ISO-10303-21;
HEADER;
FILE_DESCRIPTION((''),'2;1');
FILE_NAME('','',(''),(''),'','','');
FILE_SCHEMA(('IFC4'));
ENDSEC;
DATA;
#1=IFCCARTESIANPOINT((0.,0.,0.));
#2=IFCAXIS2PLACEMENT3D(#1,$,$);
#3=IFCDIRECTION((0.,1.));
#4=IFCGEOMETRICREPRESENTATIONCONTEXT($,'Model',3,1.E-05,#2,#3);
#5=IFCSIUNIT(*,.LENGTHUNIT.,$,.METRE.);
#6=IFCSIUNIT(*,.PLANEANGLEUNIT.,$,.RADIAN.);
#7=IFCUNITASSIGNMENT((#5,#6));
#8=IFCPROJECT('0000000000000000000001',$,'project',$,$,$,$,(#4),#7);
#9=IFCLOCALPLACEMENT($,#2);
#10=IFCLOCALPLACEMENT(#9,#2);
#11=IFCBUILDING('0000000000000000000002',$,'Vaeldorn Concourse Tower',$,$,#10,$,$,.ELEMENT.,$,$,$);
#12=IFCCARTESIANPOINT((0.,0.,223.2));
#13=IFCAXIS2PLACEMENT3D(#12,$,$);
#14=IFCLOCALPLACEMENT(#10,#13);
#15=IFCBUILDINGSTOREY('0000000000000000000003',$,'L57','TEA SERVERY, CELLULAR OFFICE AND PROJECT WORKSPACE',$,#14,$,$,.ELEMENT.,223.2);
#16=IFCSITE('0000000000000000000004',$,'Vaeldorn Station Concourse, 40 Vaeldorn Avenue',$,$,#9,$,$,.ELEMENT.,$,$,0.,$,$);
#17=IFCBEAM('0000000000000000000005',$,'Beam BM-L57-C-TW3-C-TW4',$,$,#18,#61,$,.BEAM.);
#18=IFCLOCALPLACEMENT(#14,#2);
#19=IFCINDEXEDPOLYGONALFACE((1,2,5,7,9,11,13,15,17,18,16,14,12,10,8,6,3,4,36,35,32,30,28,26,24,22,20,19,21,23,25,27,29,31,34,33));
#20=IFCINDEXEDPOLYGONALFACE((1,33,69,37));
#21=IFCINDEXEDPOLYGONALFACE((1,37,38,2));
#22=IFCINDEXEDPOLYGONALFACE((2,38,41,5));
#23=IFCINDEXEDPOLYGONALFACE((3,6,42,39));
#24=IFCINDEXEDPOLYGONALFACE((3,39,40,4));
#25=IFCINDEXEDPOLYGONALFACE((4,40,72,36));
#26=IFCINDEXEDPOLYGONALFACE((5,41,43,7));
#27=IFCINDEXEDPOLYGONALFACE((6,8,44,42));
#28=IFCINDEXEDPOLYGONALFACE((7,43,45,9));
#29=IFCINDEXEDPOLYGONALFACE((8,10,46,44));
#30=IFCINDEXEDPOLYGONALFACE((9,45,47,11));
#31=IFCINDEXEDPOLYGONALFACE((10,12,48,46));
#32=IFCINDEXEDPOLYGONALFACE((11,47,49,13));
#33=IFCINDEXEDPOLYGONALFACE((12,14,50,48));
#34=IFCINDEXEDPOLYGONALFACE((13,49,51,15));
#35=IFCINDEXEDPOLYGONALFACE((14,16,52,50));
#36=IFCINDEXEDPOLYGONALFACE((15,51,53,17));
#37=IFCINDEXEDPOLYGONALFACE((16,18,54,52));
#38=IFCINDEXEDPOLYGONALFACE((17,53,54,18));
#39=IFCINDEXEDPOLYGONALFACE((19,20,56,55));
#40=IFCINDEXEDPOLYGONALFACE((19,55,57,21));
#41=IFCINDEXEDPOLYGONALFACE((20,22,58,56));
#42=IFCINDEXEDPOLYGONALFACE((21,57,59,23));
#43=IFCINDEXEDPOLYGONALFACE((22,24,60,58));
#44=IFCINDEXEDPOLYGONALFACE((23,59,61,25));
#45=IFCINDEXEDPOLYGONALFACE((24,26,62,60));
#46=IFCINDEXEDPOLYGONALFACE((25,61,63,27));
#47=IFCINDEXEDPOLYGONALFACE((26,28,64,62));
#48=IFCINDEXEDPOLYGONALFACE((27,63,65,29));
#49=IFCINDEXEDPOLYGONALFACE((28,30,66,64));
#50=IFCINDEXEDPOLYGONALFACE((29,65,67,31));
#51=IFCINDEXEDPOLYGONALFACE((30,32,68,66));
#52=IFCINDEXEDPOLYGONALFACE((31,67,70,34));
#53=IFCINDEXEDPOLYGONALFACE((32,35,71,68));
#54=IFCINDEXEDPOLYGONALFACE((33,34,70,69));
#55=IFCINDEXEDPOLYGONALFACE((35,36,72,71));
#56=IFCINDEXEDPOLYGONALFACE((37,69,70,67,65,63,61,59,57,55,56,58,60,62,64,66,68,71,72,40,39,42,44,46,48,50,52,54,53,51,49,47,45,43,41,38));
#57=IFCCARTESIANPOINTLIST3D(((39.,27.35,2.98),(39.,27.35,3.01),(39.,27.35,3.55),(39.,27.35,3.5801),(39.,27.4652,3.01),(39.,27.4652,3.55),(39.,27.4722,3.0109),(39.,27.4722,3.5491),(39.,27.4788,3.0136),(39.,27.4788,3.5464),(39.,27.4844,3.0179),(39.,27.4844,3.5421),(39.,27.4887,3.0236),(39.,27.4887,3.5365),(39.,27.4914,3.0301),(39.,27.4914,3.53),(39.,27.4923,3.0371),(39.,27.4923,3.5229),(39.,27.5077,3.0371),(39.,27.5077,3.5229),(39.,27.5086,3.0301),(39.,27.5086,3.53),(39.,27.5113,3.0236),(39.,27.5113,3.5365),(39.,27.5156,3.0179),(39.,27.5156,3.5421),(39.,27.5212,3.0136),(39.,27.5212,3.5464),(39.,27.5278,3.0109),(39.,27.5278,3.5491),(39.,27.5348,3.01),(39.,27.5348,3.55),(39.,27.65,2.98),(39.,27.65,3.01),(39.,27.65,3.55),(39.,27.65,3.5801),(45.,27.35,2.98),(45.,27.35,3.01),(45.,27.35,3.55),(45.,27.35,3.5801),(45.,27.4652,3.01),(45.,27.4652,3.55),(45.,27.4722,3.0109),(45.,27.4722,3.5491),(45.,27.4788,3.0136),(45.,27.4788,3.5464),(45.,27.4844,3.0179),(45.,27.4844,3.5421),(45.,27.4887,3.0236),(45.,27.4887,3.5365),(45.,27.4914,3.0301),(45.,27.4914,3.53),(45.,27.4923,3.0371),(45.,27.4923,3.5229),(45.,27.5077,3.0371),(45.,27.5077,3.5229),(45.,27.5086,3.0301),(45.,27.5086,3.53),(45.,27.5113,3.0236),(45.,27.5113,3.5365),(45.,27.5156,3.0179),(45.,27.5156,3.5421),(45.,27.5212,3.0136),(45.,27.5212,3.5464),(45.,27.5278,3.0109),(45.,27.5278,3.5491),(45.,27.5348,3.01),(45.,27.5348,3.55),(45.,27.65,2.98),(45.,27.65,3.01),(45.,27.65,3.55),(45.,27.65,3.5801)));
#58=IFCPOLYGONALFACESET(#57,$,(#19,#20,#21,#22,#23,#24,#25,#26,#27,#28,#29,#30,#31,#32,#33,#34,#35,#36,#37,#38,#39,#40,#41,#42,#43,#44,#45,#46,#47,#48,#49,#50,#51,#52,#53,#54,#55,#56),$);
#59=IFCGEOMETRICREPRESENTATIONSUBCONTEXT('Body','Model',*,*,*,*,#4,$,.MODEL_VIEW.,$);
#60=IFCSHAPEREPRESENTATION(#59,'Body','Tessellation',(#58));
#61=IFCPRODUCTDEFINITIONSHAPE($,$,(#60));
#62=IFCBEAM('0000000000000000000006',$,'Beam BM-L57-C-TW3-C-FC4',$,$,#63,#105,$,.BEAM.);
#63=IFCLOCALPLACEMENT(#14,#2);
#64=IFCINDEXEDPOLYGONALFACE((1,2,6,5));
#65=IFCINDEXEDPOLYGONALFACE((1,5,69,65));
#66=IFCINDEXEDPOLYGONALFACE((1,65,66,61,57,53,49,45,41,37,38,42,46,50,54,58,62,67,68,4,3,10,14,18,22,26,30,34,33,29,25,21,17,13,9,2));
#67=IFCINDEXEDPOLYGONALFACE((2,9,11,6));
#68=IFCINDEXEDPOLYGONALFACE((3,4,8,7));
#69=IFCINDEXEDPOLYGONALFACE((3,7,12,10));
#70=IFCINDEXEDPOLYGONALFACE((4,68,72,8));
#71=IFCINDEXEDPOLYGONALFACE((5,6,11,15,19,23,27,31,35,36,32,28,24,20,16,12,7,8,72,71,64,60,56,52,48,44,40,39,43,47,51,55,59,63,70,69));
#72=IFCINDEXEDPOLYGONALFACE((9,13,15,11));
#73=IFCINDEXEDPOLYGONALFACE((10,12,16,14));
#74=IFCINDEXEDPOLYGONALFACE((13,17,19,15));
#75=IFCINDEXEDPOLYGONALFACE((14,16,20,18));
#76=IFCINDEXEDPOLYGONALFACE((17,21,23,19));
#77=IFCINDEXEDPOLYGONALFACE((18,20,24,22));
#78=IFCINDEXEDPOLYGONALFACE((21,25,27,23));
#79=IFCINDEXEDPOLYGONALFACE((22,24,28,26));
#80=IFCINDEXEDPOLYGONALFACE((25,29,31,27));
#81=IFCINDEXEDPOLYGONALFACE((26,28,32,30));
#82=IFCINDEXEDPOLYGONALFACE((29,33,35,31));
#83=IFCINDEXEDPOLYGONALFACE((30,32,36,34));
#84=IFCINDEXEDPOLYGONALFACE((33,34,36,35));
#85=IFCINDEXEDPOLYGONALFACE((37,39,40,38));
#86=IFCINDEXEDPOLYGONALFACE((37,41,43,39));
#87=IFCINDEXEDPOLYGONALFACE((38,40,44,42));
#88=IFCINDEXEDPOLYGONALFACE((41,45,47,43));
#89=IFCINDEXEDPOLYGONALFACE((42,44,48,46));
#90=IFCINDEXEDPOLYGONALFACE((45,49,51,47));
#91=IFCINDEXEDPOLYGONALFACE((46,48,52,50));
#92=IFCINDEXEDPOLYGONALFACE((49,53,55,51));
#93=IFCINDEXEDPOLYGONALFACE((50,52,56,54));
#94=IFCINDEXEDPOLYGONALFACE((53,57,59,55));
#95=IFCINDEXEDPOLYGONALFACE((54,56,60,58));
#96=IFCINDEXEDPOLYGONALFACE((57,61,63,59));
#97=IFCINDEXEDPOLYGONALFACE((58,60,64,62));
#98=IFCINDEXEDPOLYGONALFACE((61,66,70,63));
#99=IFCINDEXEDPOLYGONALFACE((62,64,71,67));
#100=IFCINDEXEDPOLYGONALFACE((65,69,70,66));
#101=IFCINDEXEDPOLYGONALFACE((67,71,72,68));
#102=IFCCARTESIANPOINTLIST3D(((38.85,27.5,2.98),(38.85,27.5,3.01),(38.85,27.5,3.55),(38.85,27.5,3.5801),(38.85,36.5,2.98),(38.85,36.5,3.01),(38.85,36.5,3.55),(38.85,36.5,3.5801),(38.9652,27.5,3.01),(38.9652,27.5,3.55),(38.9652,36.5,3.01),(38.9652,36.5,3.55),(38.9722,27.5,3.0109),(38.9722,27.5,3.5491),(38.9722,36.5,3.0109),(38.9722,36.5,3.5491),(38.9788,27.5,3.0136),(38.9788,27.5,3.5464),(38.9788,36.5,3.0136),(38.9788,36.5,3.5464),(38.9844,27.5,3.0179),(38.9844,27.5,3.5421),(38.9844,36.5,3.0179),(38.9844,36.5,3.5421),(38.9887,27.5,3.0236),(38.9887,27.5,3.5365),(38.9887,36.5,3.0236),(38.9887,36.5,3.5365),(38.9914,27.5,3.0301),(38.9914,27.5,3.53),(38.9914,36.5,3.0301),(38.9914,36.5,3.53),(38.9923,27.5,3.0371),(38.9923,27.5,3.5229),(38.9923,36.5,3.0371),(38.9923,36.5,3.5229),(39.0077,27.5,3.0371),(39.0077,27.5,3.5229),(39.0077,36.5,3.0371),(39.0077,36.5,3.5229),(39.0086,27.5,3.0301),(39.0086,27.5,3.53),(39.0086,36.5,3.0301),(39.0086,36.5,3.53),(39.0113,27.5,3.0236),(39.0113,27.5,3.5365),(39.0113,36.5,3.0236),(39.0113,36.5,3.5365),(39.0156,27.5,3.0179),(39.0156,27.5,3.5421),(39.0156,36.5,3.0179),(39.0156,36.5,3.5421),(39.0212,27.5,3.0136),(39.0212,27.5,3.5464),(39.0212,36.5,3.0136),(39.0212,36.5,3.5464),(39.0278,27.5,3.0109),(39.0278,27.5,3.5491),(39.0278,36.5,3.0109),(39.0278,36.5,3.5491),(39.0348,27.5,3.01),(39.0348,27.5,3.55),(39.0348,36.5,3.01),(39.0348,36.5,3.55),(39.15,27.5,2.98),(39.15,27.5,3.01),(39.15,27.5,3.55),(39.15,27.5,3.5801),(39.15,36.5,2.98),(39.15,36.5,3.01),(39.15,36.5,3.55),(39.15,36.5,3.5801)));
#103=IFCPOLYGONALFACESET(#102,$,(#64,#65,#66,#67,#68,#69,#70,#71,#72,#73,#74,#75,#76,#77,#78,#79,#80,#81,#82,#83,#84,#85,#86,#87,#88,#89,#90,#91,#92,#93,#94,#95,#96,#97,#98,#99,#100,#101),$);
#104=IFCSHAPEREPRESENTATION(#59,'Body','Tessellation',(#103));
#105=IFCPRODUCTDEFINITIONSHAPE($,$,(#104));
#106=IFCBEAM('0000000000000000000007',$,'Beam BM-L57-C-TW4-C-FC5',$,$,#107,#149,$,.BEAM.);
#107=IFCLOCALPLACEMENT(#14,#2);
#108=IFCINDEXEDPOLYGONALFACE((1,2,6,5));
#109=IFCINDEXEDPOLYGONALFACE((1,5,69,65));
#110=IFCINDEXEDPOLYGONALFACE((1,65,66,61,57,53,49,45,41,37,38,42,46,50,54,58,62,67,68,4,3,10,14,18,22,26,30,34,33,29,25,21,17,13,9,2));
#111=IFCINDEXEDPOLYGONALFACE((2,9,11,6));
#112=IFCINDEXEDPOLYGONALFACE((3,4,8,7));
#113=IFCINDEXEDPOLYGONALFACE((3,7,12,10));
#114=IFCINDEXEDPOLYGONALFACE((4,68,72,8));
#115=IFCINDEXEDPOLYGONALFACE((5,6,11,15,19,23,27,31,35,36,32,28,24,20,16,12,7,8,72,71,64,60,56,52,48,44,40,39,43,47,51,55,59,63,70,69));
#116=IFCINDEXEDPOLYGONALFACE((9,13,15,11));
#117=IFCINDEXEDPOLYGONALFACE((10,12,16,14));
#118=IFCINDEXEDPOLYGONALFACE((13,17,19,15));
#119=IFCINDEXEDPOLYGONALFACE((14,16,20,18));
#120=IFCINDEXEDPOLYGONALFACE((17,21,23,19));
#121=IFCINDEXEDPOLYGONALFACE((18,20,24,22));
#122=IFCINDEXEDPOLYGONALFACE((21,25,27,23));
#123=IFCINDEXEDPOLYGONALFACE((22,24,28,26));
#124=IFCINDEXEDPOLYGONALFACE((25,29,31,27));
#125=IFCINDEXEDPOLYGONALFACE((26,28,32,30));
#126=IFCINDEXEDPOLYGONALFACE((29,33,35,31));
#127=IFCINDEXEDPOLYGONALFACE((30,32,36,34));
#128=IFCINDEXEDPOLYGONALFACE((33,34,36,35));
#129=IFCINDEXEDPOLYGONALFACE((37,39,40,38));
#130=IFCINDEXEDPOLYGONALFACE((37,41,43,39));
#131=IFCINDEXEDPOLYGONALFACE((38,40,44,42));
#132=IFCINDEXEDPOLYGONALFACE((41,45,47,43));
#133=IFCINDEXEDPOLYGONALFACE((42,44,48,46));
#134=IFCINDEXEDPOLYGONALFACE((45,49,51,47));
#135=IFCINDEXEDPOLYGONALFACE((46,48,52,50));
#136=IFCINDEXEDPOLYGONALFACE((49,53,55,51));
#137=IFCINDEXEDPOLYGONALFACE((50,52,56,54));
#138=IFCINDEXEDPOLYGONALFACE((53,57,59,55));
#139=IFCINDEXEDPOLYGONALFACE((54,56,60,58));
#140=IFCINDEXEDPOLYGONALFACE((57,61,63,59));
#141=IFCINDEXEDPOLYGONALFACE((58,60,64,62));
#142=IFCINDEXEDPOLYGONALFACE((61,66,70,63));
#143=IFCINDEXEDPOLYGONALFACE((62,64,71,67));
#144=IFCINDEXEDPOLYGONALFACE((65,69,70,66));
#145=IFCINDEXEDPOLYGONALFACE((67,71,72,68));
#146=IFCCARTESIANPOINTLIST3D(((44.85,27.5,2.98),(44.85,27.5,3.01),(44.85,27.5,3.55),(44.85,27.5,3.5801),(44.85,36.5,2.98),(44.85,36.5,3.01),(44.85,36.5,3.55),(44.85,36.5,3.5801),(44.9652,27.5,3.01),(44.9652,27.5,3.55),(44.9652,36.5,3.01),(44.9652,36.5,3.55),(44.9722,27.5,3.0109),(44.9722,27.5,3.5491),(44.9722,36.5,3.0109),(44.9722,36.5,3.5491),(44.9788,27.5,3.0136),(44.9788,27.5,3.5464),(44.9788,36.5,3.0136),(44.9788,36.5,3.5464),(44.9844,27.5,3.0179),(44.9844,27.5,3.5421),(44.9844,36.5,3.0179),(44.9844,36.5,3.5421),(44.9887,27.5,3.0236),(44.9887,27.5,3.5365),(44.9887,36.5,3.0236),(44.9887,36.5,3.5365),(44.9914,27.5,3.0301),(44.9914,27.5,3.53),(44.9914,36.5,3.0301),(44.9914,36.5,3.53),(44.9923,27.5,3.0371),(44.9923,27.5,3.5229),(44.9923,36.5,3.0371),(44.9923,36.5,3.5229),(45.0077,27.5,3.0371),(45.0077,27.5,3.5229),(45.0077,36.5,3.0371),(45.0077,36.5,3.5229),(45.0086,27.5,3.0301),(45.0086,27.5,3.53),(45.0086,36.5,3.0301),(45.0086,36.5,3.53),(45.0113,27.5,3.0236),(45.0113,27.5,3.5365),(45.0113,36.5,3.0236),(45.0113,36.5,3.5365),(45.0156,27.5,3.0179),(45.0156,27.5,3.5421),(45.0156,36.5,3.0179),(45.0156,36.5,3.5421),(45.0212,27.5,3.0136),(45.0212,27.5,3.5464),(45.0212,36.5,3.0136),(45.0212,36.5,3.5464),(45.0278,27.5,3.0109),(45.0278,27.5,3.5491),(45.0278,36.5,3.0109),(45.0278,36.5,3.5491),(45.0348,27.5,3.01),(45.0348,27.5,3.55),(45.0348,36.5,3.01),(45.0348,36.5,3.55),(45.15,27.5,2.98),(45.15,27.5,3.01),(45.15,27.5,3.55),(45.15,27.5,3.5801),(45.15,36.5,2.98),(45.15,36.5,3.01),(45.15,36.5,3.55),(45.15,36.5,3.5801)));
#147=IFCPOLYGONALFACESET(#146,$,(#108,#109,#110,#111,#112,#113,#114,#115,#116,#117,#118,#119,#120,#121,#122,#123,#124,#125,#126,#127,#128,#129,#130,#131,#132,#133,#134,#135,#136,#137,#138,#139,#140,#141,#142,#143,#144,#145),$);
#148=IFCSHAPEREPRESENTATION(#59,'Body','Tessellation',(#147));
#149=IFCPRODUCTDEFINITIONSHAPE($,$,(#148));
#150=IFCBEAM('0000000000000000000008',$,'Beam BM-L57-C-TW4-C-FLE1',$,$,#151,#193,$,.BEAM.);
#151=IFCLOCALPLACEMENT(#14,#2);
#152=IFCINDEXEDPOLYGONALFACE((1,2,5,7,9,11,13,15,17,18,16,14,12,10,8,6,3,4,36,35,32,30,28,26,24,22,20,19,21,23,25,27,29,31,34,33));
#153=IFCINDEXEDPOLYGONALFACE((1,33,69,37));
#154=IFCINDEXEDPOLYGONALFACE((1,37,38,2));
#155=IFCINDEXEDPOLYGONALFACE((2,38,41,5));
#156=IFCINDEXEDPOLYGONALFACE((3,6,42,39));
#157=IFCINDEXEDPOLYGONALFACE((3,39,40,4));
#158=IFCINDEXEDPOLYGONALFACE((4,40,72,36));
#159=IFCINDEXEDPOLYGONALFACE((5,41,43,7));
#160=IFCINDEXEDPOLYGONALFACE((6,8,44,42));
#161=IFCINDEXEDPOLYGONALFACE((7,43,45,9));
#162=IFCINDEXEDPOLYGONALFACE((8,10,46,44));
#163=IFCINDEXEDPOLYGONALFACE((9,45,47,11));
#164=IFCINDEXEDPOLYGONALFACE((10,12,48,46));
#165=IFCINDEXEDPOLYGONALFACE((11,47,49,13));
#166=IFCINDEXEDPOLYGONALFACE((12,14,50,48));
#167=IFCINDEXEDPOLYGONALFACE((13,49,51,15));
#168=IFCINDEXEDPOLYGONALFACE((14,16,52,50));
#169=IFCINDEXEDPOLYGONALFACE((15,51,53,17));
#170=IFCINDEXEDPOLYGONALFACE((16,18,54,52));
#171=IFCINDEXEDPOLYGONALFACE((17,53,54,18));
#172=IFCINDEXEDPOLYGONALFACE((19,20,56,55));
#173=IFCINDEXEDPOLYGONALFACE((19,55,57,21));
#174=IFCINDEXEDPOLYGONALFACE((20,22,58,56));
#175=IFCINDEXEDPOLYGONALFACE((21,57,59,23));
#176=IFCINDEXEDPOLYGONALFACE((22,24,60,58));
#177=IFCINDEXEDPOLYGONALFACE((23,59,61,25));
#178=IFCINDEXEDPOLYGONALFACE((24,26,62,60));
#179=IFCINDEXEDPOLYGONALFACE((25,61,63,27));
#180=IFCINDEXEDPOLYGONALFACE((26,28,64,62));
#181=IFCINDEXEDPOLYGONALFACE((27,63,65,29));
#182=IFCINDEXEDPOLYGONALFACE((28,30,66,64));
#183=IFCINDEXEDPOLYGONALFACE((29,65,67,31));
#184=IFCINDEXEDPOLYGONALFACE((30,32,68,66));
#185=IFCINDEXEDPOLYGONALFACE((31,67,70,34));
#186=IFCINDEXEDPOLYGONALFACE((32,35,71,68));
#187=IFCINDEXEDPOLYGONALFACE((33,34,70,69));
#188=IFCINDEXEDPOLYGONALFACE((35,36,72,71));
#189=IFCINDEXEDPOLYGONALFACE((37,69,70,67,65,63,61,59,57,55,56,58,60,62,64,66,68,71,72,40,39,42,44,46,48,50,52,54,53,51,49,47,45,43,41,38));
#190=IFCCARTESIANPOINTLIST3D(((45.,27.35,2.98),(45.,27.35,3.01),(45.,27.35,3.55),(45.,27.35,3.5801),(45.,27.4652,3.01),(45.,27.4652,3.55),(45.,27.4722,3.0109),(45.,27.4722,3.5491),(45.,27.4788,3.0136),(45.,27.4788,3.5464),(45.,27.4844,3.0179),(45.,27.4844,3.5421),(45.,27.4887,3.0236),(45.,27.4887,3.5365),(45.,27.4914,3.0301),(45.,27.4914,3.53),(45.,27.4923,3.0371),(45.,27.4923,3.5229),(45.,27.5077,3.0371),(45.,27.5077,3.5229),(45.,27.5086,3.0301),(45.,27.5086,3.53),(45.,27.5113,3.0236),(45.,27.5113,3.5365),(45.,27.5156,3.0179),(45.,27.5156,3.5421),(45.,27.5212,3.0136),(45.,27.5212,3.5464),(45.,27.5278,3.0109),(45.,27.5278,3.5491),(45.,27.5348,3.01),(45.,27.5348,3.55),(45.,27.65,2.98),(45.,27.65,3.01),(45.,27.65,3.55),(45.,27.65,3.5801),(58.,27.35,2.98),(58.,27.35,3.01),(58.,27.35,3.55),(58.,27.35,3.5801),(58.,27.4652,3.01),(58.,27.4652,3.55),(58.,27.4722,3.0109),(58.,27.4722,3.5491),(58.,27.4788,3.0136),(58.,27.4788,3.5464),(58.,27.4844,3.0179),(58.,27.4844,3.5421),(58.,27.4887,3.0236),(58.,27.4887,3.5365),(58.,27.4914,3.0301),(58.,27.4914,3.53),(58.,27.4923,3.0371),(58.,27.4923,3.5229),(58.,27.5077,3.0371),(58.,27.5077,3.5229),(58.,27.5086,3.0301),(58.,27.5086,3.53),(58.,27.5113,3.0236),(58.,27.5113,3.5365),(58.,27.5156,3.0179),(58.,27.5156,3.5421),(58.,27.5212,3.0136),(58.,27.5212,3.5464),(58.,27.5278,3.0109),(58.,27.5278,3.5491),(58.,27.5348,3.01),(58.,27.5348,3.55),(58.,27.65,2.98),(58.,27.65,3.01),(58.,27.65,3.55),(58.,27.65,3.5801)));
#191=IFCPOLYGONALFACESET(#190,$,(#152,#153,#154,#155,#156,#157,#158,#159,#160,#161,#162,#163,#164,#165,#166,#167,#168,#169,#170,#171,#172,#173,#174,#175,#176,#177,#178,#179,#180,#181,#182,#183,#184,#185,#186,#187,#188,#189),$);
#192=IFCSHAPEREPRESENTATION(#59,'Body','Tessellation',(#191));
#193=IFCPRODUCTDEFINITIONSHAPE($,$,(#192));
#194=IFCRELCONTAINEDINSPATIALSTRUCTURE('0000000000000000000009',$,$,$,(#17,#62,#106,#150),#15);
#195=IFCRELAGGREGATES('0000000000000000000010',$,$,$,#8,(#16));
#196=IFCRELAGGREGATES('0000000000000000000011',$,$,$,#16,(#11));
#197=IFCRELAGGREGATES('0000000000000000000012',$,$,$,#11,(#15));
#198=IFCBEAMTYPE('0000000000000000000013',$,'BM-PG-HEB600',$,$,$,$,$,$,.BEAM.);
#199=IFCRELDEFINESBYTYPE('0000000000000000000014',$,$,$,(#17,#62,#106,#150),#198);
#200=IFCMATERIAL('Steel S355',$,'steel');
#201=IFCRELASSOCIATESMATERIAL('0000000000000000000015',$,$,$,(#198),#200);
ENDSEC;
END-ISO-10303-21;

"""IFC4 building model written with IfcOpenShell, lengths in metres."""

from ifc_helpers import new_model, si_unit, direction, frame, origin, origin_2d, place, context, subcontext, project, spatial, i_section, extrude, source, transform, mapped, material, material_profile, profile_set, type_object, element, save


model = new_model("IFC4")

# Units and contexts
model_context = context("Model", 3, precision=1e-05, world=origin(), true_north=direction((0.0, 1.0)))
body_context = subcontext(model_context, "Body", "Model", "MODEL_VIEW")
ifc_project = project(units=[si_unit("LENGTHUNIT", "METRE"), si_unit("PLANEANGLEUNIT", "RADIAN")], contexts=[model_context])

# Site, building, storey
site_placement = place(None, origin())
site = spatial("IfcSite", under=ifc_project, at=site_placement, Name="Vaeldorn Station Concourse, 40 Vaeldorn Avenue", CompositionType="ELEMENT", RefElevation=0.0)
building_placement = place(site_placement, origin())
building = spatial("IfcBuilding", under=site, at=building_placement, Name="Vaeldorn Concourse Tower", CompositionType="ELEMENT")
storey_placement = place(building_placement, frame((0.0, 0.0, 223.2)))
storey = spatial("IfcBuildingStorey", under=building, at=storey_placement, Name="L57", Description="TEA SERVERY, CELLULAR OFFICE AND PROJECT WORKSPACE", CompositionType="ELEMENT", Elevation=223.2)

# Shared definitions
ifc_material_1 = material(Name="Steel S355", Category="steel")

# Beams
ifc_material_profile_1 = material_profile(ifc_material_1, i_section(OverallWidth=0.3, OverallDepth=0.6001, WebThickness=0.0154, FlangeThickness=0.03, FilletRadius=0.0271, at=origin_2d()), Name="HEB 600")
ifc_profile_set_1 = profile_set([ifc_material_profile_1], Name="Steel S355")
beam_type_1 = type_object("IfcBeamType", Name="BM-PG-HEB600", PredefinedType="BEAM", material=ifc_profile_set_1)
shared_shape_1 = source(origin(), body_context, "Body", "SweptSolid", [
    extrude(i_section(OverallWidth=0.3, OverallDepth=0.6001, WebThickness=0.0154, FlangeThickness=0.03, FilletRadius=0.0271, at=origin_2d()), origin(), (0.0, 0.0, 1.0), 6.0),
])
beam_1_placement = place(storey_placement, frame((39.0, 27.5, 3.28), z_axis=(1.0, 0.0, 0.0), x_axis=(0.0, 1.0, 0.0)))
element("IfcBeam", 1, at=beam_1_placement, inside=storey, type_object=beam_type_1, Name="Beam BM-L57-C-TW3-C-TW4", PredefinedType="BEAM", context=body_context, shape_type="MappedRepresentation", body=[
    mapped(shared_shape_1, transform((0.0, 0.0, 0.0), scale=1.0)),
])
shared_shape_2 = source(origin(), body_context, "Body", "SweptSolid", [
    extrude(i_section(OverallWidth=0.3, OverallDepth=0.6001, WebThickness=0.0154, FlangeThickness=0.03, FilletRadius=0.0271, at=origin_2d()), origin(), (0.0, 0.0, 1.0), 9.0),
])
for number, where, z_axis, x_axis, name in (
    (2, (39.0, 27.5, 3.28), (0.0, 1.0, 0.0), (-1.0, 0.0, 0.0), "Beam BM-L57-C-TW3-C-FC4"),
    (3, (45.0, 27.5, 3.28), (0.0, 1.0, 0.0), (-1.0, 0.0, 0.0), "Beam BM-L57-C-TW4-C-FC5"),
):
    element("IfcBeam", number, at=place(storey_placement, frame(where, z_axis=z_axis, x_axis=x_axis)), inside=storey, type_object=beam_type_1, Name=name, PredefinedType="BEAM", context=body_context, shape_type="MappedRepresentation", body=[
        mapped(shared_shape_2, transform((0.0, 0.0, 0.0), scale=1.0)),
    ])
shared_shape_3 = source(origin(), body_context, "Body", "SweptSolid", [
    extrude(i_section(OverallWidth=0.3, OverallDepth=0.6001, WebThickness=0.0154, FlangeThickness=0.03, FilletRadius=0.0271, at=origin_2d()), origin(), (0.0, 0.0, 1.0), 13.0),
])
beam_2_placement = place(storey_placement, frame((45.0, 27.5, 3.28), z_axis=(1.0, 0.0, 0.0), x_axis=(0.0, 1.0, 0.0)))
element("IfcBeam", 4, at=beam_2_placement, inside=storey, type_object=beam_type_1, Name="Beam BM-L57-C-TW4-C-FLE1", PredefinedType="BEAM", context=body_context, shape_type="MappedRepresentation", body=[
    mapped(shared_shape_3, transform((0.0, 0.0, 0.0), scale=1.0)),
])

save(model, "model.ifc")
